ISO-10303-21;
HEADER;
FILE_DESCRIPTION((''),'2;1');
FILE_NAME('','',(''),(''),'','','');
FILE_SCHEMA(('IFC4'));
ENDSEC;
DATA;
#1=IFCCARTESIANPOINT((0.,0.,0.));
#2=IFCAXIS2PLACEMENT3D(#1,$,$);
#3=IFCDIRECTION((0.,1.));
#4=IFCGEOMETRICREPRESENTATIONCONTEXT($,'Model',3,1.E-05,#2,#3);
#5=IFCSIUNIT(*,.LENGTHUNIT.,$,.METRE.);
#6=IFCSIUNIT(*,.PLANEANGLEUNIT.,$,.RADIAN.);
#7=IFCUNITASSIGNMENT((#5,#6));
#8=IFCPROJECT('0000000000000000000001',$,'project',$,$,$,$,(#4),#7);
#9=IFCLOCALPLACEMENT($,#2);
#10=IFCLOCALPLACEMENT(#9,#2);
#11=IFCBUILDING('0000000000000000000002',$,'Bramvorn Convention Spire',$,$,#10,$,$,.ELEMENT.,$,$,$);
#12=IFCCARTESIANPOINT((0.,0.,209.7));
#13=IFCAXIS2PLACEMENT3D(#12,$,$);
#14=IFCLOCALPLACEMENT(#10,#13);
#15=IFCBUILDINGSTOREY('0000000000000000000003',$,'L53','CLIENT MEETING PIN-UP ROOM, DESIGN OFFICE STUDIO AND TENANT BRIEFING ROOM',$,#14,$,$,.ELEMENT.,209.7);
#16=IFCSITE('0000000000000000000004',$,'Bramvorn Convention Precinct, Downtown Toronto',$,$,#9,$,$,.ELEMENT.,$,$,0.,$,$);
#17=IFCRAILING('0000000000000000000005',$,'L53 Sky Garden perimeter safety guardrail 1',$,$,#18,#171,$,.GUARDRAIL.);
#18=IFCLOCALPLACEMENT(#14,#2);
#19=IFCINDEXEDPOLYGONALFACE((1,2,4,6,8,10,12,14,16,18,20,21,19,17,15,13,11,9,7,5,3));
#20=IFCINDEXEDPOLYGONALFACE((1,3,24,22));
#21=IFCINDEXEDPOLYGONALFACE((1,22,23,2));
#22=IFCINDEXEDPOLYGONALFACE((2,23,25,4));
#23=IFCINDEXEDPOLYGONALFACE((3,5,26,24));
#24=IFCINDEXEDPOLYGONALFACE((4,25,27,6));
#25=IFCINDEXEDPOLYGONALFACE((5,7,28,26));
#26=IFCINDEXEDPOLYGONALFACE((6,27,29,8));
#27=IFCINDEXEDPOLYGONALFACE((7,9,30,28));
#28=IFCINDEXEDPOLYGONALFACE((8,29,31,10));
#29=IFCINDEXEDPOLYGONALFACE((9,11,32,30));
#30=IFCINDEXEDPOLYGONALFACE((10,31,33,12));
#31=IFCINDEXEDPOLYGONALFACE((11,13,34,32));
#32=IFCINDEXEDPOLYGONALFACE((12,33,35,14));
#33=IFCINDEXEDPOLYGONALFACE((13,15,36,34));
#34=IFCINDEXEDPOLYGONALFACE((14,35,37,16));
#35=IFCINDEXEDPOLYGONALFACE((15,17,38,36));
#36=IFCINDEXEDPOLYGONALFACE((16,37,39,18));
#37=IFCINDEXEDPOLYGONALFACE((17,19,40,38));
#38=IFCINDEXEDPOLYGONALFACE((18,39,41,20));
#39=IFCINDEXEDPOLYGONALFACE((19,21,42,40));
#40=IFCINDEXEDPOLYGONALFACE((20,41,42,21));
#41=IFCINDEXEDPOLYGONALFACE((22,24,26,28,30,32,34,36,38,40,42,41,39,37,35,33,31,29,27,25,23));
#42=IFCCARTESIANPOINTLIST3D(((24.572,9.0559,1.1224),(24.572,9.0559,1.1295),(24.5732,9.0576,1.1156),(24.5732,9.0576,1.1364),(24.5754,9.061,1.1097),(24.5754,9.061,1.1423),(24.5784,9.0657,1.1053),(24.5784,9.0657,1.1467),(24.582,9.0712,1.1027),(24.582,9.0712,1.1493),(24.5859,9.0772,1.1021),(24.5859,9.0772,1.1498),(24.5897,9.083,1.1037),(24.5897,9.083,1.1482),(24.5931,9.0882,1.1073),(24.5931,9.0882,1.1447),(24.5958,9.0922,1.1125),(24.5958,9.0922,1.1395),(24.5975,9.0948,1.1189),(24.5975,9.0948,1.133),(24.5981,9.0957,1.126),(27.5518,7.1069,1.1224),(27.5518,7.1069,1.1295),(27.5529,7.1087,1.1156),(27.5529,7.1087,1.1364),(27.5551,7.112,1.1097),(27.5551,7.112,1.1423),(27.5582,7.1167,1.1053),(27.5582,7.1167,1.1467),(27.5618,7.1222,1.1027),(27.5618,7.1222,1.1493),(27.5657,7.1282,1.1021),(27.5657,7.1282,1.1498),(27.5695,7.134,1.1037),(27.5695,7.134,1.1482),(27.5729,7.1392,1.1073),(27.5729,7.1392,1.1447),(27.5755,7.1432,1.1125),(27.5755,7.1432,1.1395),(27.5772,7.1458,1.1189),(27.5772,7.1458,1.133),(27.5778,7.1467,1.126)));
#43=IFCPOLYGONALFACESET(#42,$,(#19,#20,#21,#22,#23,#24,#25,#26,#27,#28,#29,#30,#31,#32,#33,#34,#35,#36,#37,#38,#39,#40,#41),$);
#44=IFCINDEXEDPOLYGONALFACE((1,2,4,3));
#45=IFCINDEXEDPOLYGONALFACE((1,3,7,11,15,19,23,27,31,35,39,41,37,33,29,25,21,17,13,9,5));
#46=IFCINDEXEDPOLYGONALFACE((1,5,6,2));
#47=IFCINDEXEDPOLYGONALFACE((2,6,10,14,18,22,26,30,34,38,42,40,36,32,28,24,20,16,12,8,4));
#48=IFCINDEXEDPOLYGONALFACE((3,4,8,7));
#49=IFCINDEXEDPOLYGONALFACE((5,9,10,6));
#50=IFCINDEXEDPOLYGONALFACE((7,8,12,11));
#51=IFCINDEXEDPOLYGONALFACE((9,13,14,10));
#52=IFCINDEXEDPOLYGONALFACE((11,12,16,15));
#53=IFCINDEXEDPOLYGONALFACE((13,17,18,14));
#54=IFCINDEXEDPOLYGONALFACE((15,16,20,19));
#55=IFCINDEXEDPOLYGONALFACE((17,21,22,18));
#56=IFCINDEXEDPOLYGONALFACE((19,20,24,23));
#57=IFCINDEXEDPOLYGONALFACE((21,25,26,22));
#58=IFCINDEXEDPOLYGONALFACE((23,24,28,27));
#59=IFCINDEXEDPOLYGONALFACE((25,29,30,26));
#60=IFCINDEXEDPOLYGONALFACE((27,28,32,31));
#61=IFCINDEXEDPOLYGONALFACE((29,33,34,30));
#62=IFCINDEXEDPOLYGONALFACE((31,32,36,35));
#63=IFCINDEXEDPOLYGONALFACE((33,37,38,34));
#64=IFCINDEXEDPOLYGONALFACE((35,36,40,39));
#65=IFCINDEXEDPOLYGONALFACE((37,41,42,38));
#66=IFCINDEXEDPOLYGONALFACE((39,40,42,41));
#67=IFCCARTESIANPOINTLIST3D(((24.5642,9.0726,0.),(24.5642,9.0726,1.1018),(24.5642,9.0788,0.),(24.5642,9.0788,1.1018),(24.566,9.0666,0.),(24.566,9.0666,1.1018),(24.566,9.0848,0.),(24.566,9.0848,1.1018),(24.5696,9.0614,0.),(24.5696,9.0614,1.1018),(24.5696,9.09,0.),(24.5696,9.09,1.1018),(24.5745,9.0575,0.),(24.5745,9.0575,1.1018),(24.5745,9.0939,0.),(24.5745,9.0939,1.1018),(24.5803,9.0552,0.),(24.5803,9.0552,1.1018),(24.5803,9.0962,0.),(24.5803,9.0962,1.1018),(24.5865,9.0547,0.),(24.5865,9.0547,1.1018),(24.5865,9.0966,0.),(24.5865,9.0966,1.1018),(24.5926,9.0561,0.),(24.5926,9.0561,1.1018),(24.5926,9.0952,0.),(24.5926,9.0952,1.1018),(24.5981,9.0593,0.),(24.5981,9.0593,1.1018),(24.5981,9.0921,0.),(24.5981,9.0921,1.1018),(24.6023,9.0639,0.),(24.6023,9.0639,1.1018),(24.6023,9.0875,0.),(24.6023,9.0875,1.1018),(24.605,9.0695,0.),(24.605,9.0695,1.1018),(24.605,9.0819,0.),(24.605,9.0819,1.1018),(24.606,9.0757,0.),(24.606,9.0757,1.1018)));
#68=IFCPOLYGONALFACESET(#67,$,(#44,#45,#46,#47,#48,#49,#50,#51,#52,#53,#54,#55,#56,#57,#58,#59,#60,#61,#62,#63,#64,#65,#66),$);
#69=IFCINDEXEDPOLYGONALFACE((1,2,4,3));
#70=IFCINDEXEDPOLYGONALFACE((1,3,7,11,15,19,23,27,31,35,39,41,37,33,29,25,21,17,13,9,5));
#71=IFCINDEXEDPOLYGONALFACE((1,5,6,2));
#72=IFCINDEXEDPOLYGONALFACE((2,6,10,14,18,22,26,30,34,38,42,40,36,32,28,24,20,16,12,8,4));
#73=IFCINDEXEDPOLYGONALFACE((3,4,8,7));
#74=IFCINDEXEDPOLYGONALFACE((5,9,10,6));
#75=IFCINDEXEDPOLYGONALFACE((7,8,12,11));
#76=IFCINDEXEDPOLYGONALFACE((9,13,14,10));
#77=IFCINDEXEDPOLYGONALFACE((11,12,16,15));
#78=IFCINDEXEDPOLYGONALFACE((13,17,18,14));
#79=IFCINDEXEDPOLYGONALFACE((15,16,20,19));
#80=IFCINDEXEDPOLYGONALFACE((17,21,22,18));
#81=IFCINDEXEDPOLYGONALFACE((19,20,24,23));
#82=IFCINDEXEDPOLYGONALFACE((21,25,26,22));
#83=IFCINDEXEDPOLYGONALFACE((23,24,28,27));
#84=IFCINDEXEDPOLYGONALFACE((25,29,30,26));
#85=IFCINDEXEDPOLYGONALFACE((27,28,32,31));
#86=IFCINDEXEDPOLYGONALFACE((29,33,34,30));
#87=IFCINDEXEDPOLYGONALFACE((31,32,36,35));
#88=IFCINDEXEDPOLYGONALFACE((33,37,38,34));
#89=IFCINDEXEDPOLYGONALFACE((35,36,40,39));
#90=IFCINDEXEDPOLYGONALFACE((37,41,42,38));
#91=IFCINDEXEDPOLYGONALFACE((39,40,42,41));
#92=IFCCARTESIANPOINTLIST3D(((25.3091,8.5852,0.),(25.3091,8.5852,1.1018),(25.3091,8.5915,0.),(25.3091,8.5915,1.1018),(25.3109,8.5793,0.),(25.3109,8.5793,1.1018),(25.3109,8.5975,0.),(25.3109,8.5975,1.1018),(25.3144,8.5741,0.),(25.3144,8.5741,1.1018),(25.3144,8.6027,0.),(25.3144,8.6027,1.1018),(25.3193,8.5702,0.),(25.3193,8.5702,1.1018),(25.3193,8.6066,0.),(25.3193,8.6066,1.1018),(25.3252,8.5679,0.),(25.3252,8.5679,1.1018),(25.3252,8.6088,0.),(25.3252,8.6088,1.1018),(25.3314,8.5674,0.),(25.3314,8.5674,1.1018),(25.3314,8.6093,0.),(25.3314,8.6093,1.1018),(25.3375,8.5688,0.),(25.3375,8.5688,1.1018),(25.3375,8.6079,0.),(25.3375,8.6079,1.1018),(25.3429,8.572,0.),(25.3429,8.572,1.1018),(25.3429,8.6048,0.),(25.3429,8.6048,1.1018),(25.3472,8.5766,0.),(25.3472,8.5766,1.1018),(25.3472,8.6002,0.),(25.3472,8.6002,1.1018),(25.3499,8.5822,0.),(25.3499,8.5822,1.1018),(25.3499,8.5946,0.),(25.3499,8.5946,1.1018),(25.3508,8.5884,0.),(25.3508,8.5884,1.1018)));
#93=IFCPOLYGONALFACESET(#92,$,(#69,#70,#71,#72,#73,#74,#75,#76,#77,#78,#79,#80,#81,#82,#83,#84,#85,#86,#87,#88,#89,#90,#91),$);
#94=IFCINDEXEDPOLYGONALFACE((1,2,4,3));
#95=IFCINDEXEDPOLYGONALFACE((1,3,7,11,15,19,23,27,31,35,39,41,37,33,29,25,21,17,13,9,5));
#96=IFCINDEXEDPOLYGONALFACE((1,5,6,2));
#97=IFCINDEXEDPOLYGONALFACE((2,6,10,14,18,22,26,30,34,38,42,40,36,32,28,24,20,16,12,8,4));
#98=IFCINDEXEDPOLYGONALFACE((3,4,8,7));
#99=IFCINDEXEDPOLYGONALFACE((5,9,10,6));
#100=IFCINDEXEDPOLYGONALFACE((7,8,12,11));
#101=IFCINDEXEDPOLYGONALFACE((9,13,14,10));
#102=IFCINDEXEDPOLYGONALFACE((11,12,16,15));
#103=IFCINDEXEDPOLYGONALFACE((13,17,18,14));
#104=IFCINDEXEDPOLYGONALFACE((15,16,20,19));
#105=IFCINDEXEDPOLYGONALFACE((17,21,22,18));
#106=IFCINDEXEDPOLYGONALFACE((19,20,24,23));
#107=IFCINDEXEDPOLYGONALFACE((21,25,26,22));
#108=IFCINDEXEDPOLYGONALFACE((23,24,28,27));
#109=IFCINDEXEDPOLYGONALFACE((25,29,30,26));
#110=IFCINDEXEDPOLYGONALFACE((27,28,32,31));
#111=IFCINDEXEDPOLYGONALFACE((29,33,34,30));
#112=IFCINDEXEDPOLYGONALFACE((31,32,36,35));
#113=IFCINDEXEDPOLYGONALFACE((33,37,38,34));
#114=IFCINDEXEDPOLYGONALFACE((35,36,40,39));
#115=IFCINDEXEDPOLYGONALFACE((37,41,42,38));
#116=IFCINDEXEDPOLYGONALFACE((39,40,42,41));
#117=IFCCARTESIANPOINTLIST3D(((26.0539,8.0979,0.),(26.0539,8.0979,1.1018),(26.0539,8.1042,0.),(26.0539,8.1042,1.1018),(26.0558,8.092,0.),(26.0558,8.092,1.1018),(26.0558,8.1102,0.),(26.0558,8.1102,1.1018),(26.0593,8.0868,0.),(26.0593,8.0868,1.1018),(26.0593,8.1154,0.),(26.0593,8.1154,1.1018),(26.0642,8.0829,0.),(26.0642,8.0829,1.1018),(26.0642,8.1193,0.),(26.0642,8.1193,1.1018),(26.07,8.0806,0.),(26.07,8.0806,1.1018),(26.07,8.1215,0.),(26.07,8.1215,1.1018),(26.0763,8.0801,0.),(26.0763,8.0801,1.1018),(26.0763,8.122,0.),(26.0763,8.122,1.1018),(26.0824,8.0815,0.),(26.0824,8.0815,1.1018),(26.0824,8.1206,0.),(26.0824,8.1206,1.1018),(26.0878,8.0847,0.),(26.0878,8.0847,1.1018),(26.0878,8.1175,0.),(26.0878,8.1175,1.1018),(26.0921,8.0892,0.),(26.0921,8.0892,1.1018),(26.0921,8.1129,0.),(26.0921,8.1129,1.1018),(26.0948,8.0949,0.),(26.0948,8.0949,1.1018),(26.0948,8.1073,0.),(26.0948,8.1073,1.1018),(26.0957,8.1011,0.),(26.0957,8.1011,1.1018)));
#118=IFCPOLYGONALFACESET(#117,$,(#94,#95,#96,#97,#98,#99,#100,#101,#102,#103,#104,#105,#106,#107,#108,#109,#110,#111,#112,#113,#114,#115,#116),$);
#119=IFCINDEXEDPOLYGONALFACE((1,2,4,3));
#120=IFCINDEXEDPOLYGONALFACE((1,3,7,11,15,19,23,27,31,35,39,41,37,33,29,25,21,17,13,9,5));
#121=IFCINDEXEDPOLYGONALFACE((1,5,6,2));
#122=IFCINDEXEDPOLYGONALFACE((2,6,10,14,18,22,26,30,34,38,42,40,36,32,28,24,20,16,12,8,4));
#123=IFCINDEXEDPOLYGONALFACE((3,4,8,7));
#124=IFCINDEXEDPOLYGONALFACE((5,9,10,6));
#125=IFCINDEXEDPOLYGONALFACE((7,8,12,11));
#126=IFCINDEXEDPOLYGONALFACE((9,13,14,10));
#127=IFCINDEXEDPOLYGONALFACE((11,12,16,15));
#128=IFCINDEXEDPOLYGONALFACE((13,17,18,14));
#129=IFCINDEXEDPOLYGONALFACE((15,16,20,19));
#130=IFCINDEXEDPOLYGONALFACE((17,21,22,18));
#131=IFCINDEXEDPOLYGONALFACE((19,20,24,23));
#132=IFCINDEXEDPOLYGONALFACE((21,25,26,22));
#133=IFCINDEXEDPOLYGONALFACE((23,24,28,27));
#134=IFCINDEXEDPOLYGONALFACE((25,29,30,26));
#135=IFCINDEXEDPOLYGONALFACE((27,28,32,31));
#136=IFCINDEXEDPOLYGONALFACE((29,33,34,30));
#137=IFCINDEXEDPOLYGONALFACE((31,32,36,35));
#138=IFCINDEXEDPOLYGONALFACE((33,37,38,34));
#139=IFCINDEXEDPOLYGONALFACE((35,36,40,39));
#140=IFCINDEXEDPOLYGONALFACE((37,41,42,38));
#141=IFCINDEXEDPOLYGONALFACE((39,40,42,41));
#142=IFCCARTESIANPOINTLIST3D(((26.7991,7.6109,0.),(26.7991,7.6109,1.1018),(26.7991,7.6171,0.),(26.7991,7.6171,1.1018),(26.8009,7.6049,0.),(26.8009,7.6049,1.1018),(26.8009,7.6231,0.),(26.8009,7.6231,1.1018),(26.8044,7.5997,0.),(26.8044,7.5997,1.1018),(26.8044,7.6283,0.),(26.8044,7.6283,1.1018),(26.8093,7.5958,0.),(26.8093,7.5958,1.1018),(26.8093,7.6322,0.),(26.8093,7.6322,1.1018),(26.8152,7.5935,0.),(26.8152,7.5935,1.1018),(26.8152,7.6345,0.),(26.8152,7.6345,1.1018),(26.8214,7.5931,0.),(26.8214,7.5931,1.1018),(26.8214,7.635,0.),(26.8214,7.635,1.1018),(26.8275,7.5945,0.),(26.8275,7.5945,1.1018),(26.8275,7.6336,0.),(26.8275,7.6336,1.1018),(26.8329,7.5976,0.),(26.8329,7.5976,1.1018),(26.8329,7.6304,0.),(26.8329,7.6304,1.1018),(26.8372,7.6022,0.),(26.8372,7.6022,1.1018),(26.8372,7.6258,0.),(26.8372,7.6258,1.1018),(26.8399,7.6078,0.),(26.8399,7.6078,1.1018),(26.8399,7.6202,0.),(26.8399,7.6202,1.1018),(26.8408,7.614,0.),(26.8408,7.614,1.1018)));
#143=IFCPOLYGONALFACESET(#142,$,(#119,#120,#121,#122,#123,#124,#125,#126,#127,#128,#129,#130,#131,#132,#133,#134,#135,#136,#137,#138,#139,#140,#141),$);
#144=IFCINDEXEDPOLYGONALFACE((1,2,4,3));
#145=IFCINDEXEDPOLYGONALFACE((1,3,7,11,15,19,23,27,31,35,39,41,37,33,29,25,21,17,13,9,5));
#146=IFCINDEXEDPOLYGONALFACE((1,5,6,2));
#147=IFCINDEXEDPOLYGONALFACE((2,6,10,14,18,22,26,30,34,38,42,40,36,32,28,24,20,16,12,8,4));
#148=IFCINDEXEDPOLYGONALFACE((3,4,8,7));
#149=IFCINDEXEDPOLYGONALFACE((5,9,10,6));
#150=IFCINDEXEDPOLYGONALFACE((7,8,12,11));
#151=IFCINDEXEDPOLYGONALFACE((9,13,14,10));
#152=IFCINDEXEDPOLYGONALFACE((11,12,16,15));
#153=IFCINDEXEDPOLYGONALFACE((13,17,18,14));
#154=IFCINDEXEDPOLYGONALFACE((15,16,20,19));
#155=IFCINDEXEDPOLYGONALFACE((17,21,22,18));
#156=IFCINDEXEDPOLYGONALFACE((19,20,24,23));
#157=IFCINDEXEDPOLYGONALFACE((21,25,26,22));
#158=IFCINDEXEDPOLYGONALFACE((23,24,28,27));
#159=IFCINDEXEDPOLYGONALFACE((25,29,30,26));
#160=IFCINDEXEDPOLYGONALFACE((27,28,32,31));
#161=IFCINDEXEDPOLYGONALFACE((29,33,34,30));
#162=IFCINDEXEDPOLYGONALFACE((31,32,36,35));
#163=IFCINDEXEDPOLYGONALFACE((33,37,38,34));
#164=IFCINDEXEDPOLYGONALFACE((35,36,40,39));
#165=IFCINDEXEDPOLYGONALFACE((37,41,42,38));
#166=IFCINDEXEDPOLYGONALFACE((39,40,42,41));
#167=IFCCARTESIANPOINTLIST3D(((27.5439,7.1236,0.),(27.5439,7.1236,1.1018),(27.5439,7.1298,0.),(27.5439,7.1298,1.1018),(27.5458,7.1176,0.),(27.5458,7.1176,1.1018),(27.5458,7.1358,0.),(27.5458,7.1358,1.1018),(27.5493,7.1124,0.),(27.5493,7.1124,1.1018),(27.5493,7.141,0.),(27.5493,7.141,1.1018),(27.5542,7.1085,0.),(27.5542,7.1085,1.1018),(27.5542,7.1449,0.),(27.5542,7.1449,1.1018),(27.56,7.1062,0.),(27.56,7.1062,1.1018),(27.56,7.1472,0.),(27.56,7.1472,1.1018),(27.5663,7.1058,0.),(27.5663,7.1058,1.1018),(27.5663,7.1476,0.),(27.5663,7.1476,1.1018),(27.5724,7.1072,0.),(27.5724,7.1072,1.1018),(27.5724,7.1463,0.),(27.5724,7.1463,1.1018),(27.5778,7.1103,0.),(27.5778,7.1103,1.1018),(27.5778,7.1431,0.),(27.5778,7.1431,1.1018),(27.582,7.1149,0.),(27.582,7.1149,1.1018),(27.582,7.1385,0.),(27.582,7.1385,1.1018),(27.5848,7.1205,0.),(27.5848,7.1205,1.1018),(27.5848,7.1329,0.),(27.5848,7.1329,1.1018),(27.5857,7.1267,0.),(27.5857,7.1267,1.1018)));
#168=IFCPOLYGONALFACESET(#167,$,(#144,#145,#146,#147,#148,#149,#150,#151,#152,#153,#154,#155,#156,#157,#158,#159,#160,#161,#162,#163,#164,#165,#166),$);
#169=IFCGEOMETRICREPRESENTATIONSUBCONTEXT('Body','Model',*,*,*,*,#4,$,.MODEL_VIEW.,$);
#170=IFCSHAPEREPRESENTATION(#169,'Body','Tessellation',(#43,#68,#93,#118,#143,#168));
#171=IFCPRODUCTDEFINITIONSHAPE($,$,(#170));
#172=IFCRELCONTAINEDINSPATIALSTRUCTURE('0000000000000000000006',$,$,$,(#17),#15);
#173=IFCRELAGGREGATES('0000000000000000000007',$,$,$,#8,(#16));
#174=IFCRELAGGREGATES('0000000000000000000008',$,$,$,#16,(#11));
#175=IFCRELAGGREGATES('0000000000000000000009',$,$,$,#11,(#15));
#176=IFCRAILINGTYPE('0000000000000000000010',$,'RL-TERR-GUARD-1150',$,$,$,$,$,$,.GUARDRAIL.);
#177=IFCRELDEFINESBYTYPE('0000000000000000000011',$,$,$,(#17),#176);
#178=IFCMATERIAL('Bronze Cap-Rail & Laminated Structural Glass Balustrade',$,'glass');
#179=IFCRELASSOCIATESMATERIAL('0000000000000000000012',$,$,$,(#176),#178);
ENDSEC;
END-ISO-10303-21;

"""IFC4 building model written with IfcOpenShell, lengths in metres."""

from ifc_helpers import new_model, si_unit, direction, frame, origin, origin_2d, place, context, subcontext, project, spatial, circle, extrude, material, type_object, element, save


model = new_model("IFC4")

# Units and contexts
model_context = context("Model", 3, precision=1e-05, world=origin(), true_north=direction((0.0, 1.0)))
body_context = subcontext(model_context, "Body", "Model", "MODEL_VIEW")
ifc_project = project(units=[si_unit("LENGTHUNIT", "METRE"), si_unit("PLANEANGLEUNIT", "RADIAN")], contexts=[model_context])

# Site, building, storey
site_placement = place(None, origin())
site = spatial("IfcSite", under=ifc_project, at=site_placement, Name="Bramvorn Convention Precinct, Downtown Toronto", CompositionType="ELEMENT", RefElevation=0.0)
building_placement = place(site_placement, origin())
building = spatial("IfcBuilding", under=site, at=building_placement, Name="Bramvorn Convention Spire", CompositionType="ELEMENT")
storey_placement = place(building_placement, frame((0.0, 0.0, 209.7)))
storey = spatial("IfcBuildingStorey", under=building, at=storey_placement, Name="L53", Description="CLIENT MEETING PIN-UP ROOM, DESIGN OFFICE STUDIO AND TENANT BRIEFING ROOM", CompositionType="ELEMENT", Elevation=209.7)

# Railing
ifc_material_1 = material(Name="Bronze Cap-Rail & Laminated Structural Glass Balustrade", Category="glass")
railing_type = type_object("IfcRailingType", Name="RL-TERR-GUARD-1150", PredefinedType="GUARDRAIL", material=ifc_material_1)
railing_1_placement = place(storey_placement, frame((24.585, 9.0757, 0.0)))
element("IfcRailing", 1, at=railing_1_placement, inside=storey, type_object=railing_type, Name="L53 Sky Garden perimeter safety guardrail 1", PredefinedType="GUARDRAIL", context=body_context, shape_type="SweptSolid", body=[
    extrude(circle(Radius=0.0239, at=origin_2d()), frame((0.0, 0.0, 1.126), z_axis=(0.836881, -0.547384, 0.0), x_axis=(0.547384, 0.836881, 0.0)), (0.0, 0.0, 1.0), 3.5605),
    extrude(circle(Radius=0.021, at=origin_2d()), origin(), (0.0, 0.0, 1.0), 1.1018),
    extrude(circle(Radius=0.021, at=origin_2d()), frame((0.7449, -0.4873, 0.0)), (0.0, 0.0, 1.0), 1.1018),
    extrude(circle(Radius=0.021, at=origin_2d()), frame((1.4897, -0.9746, 0.0)), (0.0, 0.0, 1.0), 1.1018),
    extrude(circle(Radius=0.021, at=origin_2d()), frame((2.2349, -1.4617, 0.0)), (0.0, 0.0, 1.0), 1.1018),
    extrude(circle(Radius=0.021, at=origin_2d()), frame((2.9797, -1.949, 0.0)), (0.0, 0.0, 1.0), 1.1018),
])

save(model, "model.ifc")
